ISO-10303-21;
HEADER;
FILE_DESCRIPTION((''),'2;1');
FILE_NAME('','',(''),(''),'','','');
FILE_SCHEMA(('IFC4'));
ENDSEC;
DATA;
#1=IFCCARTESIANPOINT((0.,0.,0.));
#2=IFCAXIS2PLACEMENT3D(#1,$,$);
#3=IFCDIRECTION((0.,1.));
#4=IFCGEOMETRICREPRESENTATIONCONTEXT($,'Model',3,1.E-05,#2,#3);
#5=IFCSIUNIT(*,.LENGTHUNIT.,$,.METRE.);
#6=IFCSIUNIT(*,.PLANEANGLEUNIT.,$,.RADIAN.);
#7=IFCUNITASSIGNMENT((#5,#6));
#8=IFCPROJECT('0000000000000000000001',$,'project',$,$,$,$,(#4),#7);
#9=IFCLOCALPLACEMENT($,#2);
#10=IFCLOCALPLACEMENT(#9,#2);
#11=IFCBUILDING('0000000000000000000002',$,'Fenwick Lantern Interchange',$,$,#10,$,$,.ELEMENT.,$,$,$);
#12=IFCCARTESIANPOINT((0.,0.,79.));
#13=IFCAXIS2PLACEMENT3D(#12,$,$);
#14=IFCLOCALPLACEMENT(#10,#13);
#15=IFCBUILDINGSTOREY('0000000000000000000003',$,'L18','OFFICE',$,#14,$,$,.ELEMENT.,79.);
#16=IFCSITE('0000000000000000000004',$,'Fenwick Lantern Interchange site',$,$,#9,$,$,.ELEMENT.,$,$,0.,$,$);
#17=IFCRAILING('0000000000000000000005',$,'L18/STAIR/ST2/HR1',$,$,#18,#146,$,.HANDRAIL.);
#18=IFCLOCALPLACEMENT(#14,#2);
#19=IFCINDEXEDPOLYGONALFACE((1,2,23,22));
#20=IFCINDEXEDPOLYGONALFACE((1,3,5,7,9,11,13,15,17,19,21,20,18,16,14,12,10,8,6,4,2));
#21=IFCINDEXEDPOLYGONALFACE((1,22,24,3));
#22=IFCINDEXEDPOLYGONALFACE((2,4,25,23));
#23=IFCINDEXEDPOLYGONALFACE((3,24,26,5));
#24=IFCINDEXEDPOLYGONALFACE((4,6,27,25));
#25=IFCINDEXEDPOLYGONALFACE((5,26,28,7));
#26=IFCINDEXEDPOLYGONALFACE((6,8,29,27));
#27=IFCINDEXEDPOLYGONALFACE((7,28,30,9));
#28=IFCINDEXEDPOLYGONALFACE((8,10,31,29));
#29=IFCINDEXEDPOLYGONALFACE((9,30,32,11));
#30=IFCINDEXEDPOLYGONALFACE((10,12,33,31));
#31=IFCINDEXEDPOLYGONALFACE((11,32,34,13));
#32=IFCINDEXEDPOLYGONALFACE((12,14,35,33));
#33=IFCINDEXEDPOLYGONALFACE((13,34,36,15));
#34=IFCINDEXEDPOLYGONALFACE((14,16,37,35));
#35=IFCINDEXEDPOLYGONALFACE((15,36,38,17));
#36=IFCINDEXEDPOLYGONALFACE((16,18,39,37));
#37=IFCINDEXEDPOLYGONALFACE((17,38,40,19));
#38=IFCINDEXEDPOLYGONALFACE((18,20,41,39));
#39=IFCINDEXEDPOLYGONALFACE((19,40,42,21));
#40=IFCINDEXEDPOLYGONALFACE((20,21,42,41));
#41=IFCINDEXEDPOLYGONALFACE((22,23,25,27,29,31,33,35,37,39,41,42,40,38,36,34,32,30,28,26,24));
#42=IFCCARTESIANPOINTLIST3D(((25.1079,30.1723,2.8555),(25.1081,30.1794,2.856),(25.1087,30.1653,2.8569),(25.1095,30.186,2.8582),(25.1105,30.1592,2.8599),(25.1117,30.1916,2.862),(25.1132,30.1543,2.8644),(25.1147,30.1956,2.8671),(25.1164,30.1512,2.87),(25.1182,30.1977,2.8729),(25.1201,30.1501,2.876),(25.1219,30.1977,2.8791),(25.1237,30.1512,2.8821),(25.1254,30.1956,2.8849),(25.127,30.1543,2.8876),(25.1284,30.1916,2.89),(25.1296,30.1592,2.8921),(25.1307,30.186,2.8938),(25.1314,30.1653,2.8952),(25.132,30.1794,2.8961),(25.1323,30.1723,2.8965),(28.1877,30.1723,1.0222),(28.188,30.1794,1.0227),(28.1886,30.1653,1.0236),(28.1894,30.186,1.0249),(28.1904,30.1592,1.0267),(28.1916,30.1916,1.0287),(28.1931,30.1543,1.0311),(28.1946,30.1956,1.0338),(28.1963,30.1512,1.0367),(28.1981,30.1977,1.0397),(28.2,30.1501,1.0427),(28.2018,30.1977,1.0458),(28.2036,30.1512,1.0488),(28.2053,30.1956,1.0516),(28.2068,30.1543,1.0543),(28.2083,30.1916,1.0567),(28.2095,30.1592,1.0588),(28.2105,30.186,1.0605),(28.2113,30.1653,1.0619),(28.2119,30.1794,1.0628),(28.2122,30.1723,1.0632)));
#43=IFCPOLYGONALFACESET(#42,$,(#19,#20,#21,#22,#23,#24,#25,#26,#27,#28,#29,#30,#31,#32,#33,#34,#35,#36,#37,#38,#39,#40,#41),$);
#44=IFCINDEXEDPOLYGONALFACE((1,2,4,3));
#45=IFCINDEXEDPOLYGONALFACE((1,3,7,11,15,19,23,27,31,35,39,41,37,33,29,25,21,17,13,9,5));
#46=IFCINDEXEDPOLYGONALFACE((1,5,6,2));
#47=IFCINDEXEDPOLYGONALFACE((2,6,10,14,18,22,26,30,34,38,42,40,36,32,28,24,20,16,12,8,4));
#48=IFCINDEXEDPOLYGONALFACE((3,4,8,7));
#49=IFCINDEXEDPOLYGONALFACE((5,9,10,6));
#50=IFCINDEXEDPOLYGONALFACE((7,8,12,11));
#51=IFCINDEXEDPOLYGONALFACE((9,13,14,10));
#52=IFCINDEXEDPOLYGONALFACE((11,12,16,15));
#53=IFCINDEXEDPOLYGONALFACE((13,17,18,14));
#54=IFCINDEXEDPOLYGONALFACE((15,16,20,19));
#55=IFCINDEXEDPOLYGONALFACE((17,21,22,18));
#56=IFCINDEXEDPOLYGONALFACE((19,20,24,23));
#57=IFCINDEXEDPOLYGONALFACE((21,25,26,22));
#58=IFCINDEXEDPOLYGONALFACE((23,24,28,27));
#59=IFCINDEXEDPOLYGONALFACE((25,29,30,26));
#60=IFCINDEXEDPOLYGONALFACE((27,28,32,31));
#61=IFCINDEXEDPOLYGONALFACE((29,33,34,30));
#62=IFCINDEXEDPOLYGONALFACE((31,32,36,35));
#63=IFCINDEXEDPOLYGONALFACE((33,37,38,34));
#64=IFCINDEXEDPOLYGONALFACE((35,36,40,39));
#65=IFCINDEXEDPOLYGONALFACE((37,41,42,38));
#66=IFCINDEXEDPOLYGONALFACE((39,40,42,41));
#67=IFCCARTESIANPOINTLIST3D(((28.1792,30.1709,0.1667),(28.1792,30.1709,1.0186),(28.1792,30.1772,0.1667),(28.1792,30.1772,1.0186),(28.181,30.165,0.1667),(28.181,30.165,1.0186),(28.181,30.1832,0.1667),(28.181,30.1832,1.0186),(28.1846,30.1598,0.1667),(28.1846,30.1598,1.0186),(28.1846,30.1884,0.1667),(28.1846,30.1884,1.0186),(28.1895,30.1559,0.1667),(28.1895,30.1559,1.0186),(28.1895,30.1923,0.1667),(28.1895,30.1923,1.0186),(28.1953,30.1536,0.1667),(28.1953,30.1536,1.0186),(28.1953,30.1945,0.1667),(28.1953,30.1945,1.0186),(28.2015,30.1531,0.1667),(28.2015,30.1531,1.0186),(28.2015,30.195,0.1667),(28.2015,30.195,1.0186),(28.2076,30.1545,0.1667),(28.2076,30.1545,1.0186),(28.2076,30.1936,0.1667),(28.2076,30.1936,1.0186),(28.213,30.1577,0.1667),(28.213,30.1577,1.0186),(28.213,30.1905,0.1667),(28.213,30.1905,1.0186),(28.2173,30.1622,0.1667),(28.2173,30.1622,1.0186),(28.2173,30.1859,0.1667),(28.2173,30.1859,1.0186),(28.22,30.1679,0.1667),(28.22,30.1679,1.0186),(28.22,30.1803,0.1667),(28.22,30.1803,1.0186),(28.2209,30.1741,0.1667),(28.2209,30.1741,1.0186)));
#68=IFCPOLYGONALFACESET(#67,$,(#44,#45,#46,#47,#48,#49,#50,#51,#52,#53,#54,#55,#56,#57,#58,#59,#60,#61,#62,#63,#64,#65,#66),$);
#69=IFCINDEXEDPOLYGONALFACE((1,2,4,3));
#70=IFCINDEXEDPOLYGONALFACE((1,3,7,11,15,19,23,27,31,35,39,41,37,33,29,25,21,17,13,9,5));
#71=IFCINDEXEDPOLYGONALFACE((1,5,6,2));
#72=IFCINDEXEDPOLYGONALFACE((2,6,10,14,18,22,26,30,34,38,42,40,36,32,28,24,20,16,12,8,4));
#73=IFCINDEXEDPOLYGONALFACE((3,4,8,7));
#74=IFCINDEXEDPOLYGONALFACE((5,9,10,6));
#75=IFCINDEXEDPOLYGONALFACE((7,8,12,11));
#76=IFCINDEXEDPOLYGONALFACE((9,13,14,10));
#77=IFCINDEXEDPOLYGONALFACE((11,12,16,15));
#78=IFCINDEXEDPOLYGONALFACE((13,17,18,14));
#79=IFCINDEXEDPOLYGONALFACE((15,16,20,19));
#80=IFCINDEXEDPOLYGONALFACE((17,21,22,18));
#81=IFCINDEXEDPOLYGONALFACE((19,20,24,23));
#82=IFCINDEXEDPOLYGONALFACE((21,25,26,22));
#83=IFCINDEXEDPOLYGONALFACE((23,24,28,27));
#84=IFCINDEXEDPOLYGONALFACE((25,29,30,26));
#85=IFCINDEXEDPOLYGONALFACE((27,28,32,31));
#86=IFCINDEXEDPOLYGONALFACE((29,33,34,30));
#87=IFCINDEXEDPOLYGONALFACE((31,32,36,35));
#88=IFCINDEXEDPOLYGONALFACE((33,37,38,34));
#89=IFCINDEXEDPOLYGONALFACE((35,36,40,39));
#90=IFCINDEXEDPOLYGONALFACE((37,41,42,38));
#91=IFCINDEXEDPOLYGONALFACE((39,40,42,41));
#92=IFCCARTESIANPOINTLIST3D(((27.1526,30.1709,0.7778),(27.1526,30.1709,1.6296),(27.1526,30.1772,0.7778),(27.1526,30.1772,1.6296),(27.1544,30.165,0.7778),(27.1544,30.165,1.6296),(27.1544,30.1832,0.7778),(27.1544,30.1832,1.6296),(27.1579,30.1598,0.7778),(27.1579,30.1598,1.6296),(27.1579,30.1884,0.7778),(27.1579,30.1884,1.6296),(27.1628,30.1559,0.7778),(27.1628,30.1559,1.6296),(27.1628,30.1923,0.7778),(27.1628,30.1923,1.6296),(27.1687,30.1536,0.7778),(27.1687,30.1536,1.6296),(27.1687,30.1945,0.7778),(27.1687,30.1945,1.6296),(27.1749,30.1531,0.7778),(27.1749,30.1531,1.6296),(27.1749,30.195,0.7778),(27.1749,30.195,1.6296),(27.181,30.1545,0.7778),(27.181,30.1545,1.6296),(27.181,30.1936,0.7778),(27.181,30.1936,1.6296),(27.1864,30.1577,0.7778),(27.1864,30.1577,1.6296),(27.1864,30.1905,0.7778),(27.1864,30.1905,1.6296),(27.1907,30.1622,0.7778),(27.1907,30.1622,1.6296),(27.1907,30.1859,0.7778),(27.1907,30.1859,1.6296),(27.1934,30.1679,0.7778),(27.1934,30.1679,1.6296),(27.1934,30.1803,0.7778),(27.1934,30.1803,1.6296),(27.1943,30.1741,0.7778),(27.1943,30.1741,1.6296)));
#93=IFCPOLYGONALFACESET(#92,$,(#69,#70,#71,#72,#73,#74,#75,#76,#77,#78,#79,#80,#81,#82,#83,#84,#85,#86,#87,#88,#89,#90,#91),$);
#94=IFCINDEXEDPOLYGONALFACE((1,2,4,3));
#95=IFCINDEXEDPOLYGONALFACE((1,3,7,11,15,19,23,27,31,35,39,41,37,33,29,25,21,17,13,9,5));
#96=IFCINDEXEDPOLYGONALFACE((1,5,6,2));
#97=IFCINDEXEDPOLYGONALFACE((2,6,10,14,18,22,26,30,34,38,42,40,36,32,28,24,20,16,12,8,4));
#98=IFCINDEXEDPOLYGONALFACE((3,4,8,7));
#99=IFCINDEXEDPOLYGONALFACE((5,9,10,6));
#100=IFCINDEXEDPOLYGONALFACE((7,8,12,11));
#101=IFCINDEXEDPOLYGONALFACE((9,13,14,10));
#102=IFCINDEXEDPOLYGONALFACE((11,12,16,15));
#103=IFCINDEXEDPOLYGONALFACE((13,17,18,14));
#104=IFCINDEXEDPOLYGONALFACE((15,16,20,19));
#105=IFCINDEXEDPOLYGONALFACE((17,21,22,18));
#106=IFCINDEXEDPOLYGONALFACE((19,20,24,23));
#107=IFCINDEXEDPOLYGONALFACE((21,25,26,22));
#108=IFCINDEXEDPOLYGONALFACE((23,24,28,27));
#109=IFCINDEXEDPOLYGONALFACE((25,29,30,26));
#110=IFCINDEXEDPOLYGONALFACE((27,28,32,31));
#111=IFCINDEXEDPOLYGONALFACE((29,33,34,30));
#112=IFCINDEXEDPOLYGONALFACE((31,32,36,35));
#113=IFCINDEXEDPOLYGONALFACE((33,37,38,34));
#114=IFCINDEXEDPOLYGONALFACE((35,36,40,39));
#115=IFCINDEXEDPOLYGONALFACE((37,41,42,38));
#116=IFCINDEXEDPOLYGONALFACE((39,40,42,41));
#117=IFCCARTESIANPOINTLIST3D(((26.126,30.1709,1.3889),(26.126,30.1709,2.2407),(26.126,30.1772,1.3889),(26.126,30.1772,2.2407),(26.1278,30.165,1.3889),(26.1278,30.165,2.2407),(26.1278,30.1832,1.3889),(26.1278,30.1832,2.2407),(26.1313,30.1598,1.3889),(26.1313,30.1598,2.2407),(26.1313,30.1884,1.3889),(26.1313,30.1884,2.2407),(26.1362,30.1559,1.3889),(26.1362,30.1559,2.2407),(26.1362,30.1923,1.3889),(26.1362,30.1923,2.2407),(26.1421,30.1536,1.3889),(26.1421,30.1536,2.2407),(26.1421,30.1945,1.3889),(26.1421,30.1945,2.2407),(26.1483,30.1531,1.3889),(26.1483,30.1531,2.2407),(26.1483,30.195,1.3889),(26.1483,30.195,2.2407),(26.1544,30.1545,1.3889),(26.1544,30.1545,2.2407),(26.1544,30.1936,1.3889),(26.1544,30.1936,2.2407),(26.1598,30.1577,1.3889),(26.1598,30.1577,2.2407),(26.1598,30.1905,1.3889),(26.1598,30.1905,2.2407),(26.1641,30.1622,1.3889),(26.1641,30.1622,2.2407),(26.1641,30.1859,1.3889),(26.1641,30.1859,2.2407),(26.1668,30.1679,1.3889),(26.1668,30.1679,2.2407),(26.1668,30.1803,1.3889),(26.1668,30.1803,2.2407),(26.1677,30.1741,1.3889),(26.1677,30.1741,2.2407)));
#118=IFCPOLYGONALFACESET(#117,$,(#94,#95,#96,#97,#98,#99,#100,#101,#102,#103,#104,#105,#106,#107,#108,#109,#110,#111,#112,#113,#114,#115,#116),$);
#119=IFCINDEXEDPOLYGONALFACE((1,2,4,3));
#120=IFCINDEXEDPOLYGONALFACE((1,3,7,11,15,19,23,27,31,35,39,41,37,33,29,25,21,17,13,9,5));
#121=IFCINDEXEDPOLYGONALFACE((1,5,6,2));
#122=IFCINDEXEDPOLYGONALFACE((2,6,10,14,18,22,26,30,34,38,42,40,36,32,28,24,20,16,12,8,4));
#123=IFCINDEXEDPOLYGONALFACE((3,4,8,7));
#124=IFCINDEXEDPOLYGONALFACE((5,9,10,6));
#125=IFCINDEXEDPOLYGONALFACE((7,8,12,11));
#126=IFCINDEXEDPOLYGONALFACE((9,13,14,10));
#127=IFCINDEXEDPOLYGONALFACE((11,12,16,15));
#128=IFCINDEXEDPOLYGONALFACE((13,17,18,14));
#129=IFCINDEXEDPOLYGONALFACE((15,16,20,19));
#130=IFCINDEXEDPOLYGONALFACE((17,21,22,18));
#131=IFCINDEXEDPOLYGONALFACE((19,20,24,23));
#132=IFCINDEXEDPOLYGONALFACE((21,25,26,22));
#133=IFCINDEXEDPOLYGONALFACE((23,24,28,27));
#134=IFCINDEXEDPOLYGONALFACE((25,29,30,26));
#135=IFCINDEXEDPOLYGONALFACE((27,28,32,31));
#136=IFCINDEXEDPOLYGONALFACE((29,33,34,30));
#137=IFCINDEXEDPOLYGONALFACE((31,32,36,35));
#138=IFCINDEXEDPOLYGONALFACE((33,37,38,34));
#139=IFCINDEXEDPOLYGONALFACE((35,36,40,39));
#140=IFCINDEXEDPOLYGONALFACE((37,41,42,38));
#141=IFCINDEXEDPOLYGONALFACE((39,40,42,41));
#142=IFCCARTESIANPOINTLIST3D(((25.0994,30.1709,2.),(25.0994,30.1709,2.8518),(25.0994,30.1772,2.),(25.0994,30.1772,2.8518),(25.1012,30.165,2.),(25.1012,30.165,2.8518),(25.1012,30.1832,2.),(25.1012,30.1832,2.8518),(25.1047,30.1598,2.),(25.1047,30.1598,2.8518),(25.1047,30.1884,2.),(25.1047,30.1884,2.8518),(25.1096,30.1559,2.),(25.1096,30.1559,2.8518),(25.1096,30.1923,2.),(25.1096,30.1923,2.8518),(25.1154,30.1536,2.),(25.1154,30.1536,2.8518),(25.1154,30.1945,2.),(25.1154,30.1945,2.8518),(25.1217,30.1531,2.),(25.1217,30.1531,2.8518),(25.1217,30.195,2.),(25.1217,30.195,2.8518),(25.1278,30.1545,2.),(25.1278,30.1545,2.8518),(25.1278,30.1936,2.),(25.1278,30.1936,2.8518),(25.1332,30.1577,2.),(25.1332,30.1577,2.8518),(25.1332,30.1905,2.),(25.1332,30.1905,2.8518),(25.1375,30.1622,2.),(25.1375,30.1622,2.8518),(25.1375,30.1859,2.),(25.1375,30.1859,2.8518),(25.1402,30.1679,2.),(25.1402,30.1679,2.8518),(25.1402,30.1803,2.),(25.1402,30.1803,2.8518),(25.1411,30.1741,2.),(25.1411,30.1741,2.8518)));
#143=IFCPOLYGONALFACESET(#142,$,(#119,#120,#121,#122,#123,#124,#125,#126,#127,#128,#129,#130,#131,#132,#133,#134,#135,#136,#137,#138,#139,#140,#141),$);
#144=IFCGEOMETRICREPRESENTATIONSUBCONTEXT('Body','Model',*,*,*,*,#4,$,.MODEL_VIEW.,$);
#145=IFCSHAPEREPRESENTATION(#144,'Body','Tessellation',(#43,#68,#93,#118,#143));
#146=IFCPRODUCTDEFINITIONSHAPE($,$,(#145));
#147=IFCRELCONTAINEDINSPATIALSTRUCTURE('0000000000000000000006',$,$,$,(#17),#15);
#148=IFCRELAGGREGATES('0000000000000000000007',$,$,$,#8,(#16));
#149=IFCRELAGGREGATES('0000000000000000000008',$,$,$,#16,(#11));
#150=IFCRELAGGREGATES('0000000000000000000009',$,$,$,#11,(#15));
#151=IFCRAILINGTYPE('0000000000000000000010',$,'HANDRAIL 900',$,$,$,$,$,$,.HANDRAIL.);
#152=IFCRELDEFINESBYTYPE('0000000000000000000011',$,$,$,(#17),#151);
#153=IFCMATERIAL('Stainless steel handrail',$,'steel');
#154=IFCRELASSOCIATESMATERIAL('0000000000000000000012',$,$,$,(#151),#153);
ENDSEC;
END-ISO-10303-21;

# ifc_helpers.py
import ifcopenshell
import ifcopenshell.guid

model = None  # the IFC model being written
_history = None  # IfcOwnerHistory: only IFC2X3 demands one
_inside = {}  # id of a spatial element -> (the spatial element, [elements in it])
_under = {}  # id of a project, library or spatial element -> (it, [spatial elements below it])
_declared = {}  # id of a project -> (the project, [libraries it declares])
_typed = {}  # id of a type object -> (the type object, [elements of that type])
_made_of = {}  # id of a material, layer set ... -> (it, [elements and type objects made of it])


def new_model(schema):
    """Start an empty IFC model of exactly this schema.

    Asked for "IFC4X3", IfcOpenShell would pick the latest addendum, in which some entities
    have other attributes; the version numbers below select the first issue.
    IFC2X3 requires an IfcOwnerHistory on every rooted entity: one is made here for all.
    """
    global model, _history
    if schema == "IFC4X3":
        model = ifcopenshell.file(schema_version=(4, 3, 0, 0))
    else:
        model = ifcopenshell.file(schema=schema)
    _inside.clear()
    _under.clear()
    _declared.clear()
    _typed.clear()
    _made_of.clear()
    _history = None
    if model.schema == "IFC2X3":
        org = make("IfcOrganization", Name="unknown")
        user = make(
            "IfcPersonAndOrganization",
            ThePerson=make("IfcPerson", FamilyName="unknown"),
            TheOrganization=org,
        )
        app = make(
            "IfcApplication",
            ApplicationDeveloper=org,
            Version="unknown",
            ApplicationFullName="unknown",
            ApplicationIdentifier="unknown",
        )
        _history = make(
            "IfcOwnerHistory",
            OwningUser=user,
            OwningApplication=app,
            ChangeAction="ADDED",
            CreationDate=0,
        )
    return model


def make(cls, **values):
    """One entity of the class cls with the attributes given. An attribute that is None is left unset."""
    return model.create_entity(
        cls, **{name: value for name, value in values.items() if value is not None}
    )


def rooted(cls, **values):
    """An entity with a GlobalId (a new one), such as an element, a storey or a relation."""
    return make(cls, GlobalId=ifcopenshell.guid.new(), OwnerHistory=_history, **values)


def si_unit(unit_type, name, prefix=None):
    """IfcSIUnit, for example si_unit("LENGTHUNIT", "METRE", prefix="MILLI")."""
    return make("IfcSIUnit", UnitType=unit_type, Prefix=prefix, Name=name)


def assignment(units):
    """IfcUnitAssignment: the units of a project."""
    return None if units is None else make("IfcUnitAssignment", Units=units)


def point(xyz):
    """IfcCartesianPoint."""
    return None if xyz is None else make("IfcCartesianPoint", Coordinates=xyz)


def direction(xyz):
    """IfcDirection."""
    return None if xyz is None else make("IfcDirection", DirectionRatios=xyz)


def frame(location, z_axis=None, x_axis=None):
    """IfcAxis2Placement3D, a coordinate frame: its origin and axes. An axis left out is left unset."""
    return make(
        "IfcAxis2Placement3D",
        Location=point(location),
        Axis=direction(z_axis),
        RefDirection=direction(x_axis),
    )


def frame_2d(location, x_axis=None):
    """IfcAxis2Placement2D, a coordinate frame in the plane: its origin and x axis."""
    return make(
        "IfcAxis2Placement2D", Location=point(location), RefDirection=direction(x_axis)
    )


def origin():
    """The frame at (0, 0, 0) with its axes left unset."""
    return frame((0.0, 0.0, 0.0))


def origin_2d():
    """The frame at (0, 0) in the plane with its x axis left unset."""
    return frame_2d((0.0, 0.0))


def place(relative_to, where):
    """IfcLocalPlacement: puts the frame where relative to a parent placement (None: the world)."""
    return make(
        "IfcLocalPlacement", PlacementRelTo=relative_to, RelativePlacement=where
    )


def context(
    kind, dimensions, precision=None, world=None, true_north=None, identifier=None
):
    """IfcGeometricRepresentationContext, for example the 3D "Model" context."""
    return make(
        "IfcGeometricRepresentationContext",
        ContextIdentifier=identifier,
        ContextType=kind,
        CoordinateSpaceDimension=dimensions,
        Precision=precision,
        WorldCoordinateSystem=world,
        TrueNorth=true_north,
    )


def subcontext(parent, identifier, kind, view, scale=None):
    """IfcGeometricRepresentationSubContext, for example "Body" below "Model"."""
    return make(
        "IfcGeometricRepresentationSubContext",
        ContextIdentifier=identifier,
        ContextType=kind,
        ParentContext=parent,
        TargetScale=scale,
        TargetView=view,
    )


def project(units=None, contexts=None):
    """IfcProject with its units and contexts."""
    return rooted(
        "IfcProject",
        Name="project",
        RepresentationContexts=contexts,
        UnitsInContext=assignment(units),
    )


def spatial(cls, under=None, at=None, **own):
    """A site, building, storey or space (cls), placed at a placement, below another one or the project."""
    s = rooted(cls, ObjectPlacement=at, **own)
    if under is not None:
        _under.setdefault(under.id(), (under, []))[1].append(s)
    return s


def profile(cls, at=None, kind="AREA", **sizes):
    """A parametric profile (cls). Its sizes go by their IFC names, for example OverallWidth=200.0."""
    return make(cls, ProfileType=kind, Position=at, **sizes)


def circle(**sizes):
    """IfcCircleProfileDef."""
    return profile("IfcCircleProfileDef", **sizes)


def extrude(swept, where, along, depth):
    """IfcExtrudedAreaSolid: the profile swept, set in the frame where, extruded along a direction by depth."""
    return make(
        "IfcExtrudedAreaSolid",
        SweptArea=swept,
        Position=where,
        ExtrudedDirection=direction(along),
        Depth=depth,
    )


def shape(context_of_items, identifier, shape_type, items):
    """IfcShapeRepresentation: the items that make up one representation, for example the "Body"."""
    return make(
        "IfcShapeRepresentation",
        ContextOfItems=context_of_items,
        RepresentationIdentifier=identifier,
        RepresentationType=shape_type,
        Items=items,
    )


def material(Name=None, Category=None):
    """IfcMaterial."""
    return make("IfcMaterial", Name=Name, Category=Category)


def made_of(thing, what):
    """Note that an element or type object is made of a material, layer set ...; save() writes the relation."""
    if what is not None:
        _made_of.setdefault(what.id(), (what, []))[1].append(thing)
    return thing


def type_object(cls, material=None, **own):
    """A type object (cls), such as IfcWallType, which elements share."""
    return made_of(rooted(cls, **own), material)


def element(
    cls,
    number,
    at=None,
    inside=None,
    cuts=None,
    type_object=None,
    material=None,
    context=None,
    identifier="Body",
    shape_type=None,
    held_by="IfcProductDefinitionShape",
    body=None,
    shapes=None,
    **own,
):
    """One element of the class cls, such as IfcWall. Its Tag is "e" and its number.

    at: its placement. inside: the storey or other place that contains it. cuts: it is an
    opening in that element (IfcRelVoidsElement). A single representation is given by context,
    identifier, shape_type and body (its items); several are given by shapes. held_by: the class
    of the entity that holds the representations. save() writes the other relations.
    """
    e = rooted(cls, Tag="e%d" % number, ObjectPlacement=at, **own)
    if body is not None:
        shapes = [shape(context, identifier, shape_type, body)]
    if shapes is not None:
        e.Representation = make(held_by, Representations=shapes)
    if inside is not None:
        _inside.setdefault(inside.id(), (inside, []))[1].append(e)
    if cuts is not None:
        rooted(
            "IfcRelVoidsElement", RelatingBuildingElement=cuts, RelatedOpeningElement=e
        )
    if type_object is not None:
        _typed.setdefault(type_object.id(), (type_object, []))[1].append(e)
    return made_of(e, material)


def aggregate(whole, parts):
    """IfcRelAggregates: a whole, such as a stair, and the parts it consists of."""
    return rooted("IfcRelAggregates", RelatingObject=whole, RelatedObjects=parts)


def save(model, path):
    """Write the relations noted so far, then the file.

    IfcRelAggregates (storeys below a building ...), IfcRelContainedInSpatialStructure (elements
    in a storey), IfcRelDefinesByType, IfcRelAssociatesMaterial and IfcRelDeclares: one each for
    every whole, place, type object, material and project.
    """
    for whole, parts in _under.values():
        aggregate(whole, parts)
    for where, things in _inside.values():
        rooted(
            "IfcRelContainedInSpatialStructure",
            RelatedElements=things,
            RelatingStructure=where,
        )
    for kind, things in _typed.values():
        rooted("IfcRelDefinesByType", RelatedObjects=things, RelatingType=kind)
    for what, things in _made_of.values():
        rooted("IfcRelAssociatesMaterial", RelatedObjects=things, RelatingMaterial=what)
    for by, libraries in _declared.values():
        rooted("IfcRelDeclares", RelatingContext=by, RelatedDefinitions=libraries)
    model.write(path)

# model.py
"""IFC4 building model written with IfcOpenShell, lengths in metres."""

from ifc_helpers import new_model, si_unit, direction, frame, origin, origin_2d, place, context, subcontext, project, spatial, circle, extrude, material, type_object, element, save


model = new_model("IFC4")

# Units and contexts
model_context = context("Model", 3, precision=1e-05, world=origin(), true_north=direction((0.0, 1.0)))
body_context = subcontext(model_context, "Body", "Model", "MODEL_VIEW")
ifc_project = project(units=[si_unit("LENGTHUNIT", "METRE"), si_unit("PLANEANGLEUNIT", "RADIAN")], contexts=[model_context])

# Site, building, storey
site_placement = place(None, origin())
site = spatial("IfcSite", under=ifc_project, at=site_placement, Name="Fenwick Lantern Interchange site", CompositionType="ELEMENT", RefElevation=0.0)
building_placement = place(site_placement, origin())
building = spatial("IfcBuilding", under=site, at=building_placement, Name="Fenwick Lantern Interchange", CompositionType="ELEMENT")
storey_placement = place(building_placement, frame((0.0, 0.0, 79.0)))
storey = spatial("IfcBuildingStorey", under=building, at=storey_placement, Name="L18", Description="OFFICE", CompositionType="ELEMENT", Elevation=79.0)

# Railing
ifc_material_1 = material(Name="Stainless steel handrail", Category="steel")
railing_type = type_object("IfcRailingType", Name="HANDRAIL 900", PredefinedType="HANDRAIL", material=ifc_material_1)
railing_1_placement = place(storey_placement, frame((28.2, 30.1741, 0.1667)))
element("IfcRailing", 1, at=railing_1_placement, inside=storey, type_object=railing_type, Name="L18/STAIR/ST2/HR1", PredefinedType="HANDRAIL", context=body_context, shape_type="SweptSolid", body=[
    extrude(circle(Radius=0.0239, at=origin_2d()), frame((0.0, 0.0, 0.876), z_axis=(-0.859291, 0.0, 0.511487), x_axis=(0.0, -1.0, 0.0)), (0.0, 0.0, 1.0), 3.5842),
    extrude(circle(Radius=0.021, at=origin_2d()), origin(), (0.0, 0.0, 1.0), 0.8518),
    extrude(circle(Radius=0.021, at=origin_2d()), frame((-1.0266, 0.0, 0.6111)), (0.0, 0.0, 1.0), 0.8518),
    extrude(circle(Radius=0.021, at=origin_2d()), frame((-2.0532, 0.0, 1.2222)), (0.0, 0.0, 1.0), 0.8518),
    extrude(circle(Radius=0.021, at=origin_2d()), frame((-3.0798, 0.0, 1.8333)), (0.0, 0.0, 1.0), 0.8518),
])

save(model, "model.ifc")
